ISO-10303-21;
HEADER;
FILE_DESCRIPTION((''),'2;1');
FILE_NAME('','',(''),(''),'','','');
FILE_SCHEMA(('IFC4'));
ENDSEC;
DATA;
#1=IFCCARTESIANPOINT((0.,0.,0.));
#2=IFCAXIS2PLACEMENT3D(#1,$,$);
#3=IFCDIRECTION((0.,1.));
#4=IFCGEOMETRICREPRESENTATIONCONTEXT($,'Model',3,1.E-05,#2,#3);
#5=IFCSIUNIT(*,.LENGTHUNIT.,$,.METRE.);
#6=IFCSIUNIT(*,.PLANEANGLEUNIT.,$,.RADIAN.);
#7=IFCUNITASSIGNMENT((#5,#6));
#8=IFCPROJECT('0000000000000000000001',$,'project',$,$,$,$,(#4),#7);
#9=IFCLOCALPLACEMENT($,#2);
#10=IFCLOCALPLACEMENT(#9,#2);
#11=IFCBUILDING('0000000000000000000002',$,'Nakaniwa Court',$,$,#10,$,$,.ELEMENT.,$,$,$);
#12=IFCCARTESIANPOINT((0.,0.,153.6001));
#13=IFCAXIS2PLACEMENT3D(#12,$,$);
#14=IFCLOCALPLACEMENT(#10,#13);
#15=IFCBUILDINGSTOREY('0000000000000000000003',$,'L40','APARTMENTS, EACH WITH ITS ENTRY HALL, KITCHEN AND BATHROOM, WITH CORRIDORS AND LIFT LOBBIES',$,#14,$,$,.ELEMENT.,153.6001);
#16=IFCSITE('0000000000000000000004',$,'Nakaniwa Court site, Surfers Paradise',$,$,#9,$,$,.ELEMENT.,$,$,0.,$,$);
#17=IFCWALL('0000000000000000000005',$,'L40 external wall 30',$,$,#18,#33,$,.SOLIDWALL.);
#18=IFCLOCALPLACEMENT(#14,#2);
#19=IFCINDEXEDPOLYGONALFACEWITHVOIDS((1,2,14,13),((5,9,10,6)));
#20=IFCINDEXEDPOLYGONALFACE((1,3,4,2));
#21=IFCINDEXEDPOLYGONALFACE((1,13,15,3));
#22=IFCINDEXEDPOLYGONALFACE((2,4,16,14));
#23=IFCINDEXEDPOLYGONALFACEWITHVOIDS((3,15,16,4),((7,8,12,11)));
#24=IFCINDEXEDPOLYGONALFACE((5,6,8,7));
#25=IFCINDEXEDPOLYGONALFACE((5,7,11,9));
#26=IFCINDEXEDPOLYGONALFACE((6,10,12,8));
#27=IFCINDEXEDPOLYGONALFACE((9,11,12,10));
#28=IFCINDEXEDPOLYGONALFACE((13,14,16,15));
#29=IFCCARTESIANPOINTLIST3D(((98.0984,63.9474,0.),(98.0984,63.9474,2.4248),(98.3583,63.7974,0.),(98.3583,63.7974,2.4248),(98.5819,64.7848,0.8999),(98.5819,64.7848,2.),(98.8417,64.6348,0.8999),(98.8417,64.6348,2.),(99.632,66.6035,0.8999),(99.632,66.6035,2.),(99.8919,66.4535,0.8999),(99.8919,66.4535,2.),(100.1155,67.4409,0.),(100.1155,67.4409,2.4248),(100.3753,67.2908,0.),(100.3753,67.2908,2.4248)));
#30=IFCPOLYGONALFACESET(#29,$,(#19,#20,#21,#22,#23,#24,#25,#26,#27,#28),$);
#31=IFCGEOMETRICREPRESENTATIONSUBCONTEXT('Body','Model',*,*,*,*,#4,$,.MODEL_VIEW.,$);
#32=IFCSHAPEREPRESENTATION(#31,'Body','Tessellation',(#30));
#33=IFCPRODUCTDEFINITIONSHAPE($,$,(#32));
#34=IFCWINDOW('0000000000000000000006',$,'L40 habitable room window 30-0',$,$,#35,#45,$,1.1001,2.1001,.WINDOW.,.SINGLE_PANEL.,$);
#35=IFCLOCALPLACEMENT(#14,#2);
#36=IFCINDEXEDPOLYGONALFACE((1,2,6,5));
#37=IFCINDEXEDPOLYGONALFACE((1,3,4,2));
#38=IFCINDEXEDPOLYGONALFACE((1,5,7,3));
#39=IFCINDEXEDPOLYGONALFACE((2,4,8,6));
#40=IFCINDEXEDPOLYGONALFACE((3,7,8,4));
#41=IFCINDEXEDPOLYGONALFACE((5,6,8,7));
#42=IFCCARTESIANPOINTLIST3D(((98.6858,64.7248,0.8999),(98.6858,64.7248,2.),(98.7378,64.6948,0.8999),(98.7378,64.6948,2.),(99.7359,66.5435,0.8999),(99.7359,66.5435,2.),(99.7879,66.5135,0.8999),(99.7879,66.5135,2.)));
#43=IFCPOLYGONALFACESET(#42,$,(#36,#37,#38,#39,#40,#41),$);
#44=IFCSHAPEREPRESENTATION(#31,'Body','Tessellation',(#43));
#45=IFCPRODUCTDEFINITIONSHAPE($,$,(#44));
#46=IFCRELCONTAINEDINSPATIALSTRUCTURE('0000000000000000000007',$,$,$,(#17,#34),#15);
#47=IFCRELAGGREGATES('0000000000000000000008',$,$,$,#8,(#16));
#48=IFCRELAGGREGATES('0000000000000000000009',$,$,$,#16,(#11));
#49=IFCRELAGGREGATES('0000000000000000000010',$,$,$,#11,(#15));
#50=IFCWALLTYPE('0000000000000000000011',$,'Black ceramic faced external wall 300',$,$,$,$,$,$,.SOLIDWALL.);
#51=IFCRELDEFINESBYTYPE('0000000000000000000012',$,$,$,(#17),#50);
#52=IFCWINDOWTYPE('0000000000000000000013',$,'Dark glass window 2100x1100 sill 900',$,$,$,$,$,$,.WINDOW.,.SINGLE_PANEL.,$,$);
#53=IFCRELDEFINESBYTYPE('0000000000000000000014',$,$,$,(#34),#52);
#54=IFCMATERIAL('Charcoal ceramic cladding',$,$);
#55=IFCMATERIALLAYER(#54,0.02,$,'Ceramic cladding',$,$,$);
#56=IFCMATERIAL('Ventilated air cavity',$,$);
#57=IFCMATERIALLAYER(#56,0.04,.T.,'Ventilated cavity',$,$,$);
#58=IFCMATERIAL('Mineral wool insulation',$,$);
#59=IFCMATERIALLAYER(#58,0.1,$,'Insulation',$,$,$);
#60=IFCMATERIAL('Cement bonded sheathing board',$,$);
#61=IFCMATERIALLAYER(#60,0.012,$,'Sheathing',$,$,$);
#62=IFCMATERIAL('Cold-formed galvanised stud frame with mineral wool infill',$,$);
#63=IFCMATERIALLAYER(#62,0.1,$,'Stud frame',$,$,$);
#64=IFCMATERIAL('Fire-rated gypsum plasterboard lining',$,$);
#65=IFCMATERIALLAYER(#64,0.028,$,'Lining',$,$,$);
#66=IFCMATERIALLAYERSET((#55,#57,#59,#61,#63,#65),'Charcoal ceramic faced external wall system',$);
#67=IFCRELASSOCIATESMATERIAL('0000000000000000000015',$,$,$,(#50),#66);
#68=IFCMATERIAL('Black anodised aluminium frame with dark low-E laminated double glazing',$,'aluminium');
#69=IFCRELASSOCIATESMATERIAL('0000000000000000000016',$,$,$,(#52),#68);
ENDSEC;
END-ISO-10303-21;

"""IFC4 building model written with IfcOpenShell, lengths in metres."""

from ifc_helpers import new_model, si_unit, direction, frame, frame_2d, origin, place, context, subcontext, project, spatial, rectangle, extrude, material, layer, layer_set, type_object, element, fill, save


model = new_model("IFC4")

# Units and contexts
model_context = context("Model", 3, precision=1e-05, world=origin(), true_north=direction((0.0, 1.0)))
body_context = subcontext(model_context, "Body", "Model", "MODEL_VIEW")
ifc_project = project(units=[si_unit("LENGTHUNIT", "METRE"), si_unit("PLANEANGLEUNIT", "RADIAN")], contexts=[model_context])

# Site, building, storey
site_placement = place(None, origin())
site = spatial("IfcSite", under=ifc_project, at=site_placement, Name="Nakaniwa Court site, Surfers Paradise", CompositionType="ELEMENT", RefElevation=0.0)
building_placement = place(site_placement, origin())
building = spatial("IfcBuilding", under=site, at=building_placement, Name="Nakaniwa Court", CompositionType="ELEMENT")
storey_placement = place(building_placement, frame((0.0, 0.0, 153.6001)))
storey = spatial("IfcBuildingStorey", under=building, at=storey_placement, Name="L40", Description="APARTMENTS, EACH WITH ITS ENTRY HALL, KITCHEN AND BATHROOM, WITH CORRIDORS AND LIFT LOBBIES", CompositionType="ELEMENT", Elevation=153.6001)

# Shared definitions
ifc_material_1 = material(Name="Charcoal ceramic cladding")
ifc_layer_1 = layer(ifc_material_1, 0.02, Name="Ceramic cladding")
ifc_material_2 = material(Name="Ventilated air cavity")
ifc_layer_2 = layer(ifc_material_2, 0.04, ventilated=True, Name="Ventilated cavity")
ifc_material_3 = material(Name="Mineral wool insulation")
ifc_layer_3 = layer(ifc_material_3, 0.1, Name="Insulation")
ifc_material_4 = material(Name="Cement bonded sheathing board")
ifc_layer_4 = layer(ifc_material_4, 0.012, Name="Sheathing")
ifc_material_5 = material(Name="Cold-formed galvanised stud frame with mineral wool infill")
ifc_layer_5 = layer(ifc_material_5, 0.1, Name="Stud frame")
ifc_material_6 = material(Name="Fire-rated gypsum plasterboard lining")
ifc_layer_6 = layer(ifc_material_6, 0.028, Name="Lining")
ifc_layer_set_1 = layer_set([ifc_layer_1, ifc_layer_2, ifc_layer_3, ifc_layer_4, ifc_layer_5, ifc_layer_6], Name="Charcoal ceramic faced external wall system")
wall_type_1 = type_object("IfcWallType", Name="Black ceramic faced external wall 300", PredefinedType="SOLIDWALL", material=ifc_layer_set_1)

# Wall, opening, window
ifc_material_7 = material(Name="Black anodised aluminium frame with dark low-E laminated double glazing", Category="aluminium")
window_type_1 = type_object("IfcWindowType", Name="Dark glass window 2100x1100 sill 900", PartitioningType="SINGLE_PANEL", PredefinedType="WINDOW", material=ifc_material_7)
wall_1_placement = place(storey_placement, frame((98.2283, 63.8723, 0.0), z_axis=(0.0, 0.0, 1.0), x_axis=(0.500032, 0.866007, 0.0)))
wall_1 = element("IfcWall", 1, at=wall_1_placement, inside=storey, type_object=wall_type_1, Name="L40 external wall 30", PredefinedType="SOLIDWALL", context=body_context, shape_type="SweptSolid", body=[
    extrude(rectangle(XDim=4.0339, YDim=0.3, at=frame_2d((2.0171, 0.0))), origin(), (0.0, 0.0, 1.0), 2.4248),
])
opening_1_placement = place(wall_1_placement, frame((0.967, 0.0, 0.8999)))
opening_1 = element("IfcOpeningElement", 2, at=opening_1_placement, cuts=wall_1, PredefinedType="OPENING", context=body_context, shape_type="SweptSolid", body=[
    extrude(rectangle(XDim=2.1001, YDim=1.1001, at=frame_2d((1.05, 0.55))), frame((0.0, 0.1599, 0.0), z_axis=(0.0, -1.0, 0.0), x_axis=(1.0, 0.0, 0.0)), (0.0, 0.0, 1.0), 0.3201),
])
window_1_placement = place(opening_1_placement, origin())
window_1 = element("IfcWindow", 3, at=window_1_placement, inside=storey, type_object=window_type_1, Name="L40 habitable room window 30-0", OverallHeight=1.1001, OverallWidth=2.1001, PartitioningType="SINGLE_PANEL", PredefinedType="WINDOW", context=body_context, shape_type="SweptSolid", body=[
    extrude(rectangle(XDim=2.1001, YDim=1.1001, at=frame_2d((1.05, 0.55))), frame((0.0, 0.03, 0.0), z_axis=(0.0, -1.0, 0.0), x_axis=(1.0, 0.0, 0.0)), (0.0, 0.0, 1.0), 0.0601),
])
fill(opening_1, window_1)

save(model, "model.ifc")
